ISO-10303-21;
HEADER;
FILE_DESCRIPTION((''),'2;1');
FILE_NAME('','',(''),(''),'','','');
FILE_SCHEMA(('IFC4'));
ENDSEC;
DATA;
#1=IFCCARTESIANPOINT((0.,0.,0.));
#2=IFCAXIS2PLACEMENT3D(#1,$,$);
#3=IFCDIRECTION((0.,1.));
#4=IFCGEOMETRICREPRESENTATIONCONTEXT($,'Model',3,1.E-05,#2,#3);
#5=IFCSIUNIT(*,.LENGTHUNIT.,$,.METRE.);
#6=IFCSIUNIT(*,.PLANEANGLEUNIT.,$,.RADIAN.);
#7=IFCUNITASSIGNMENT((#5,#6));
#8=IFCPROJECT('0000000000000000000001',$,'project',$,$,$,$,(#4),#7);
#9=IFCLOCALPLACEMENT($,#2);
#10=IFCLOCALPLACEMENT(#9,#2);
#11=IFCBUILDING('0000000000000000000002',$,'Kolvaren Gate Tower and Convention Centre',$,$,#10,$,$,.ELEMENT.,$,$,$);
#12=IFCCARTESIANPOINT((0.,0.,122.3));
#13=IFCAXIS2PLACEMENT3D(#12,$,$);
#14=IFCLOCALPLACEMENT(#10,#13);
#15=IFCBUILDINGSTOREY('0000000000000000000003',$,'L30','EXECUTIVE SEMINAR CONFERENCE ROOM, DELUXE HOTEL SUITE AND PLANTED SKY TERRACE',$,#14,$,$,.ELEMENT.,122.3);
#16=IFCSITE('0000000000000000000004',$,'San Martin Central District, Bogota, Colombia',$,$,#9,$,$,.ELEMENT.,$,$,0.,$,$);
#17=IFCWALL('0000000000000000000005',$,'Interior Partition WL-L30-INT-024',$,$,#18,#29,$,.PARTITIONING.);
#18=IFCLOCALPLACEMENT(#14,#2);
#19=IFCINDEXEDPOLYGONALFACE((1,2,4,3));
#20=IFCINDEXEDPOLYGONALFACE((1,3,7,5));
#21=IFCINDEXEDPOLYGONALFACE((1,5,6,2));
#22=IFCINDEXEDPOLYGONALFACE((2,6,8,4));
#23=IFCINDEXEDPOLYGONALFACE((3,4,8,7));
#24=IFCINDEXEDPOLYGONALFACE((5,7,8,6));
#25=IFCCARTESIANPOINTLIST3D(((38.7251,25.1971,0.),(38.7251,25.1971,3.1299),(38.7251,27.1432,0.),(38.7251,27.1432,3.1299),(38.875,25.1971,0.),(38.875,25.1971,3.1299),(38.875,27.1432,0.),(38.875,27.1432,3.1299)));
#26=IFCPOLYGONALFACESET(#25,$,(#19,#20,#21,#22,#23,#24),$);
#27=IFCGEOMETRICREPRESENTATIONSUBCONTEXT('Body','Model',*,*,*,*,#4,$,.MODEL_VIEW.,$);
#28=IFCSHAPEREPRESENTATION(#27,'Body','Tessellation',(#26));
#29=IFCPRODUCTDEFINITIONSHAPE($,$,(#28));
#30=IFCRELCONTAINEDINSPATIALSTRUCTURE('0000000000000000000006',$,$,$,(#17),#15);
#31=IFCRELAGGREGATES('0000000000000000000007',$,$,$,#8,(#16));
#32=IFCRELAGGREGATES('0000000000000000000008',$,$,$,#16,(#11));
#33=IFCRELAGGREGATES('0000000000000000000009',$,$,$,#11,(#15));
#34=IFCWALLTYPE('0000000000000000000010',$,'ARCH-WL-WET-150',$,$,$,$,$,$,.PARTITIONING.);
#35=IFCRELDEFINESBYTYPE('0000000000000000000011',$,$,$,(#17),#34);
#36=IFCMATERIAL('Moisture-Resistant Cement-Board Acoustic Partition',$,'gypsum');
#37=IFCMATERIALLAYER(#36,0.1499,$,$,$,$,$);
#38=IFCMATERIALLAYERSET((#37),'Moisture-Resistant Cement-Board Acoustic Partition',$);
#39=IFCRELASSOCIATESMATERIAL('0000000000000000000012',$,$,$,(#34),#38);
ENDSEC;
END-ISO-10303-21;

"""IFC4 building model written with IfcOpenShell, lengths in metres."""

from ifc_helpers import new_model, si_unit, direction, frame, frame_2d, origin, place, context, subcontext, project, spatial, rectangle, extrude, material, layer, layer_set, type_object, element, save


model = new_model("IFC4")

# Units and contexts
model_context = context("Model", 3, precision=1e-05, world=origin(), true_north=direction((0.0, 1.0)))
body_context = subcontext(model_context, "Body", "Model", "MODEL_VIEW")
ifc_project = project(units=[si_unit("LENGTHUNIT", "METRE"), si_unit("PLANEANGLEUNIT", "RADIAN")], contexts=[model_context])

# Site, building, storey
site_placement = place(None, origin())
site = spatial("IfcSite", under=ifc_project, at=site_placement, Name="San Martin Central District, Bogota, Colombia", CompositionType="ELEMENT", RefElevation=0.0)
building_placement = place(site_placement, origin())
building = spatial("IfcBuilding", under=site, at=building_placement, Name="Kolvaren Gate Tower and Convention Centre", CompositionType="ELEMENT")
storey_placement = place(building_placement, frame((0.0, 0.0, 122.3)))
storey = spatial("IfcBuildingStorey", under=building, at=storey_placement, Name="L30", Description="EXECUTIVE SEMINAR CONFERENCE ROOM, DELUXE HOTEL SUITE AND PLANTED SKY TERRACE", CompositionType="ELEMENT", Elevation=122.3)

# Shared definitions
ifc_material_1 = material(Name="Moisture-Resistant Cement-Board Acoustic Partition", Category="gypsum")
ifc_layer_1 = layer(ifc_material_1, 0.1499)
ifc_layer_set_1 = layer_set([ifc_layer_1], Name="Moisture-Resistant Cement-Board Acoustic Partition")
wall_type_1 = type_object("IfcWallType", Name="ARCH-WL-WET-150", PredefinedType="PARTITIONING", material=ifc_layer_set_1)

# Wall
wall_1_placement = place(storey_placement, frame((38.8, 25.197, 0.0), z_axis=(0.0, 0.0, 1.0), x_axis=(0.0, 1.0, 0.0)))
element("IfcWall", 1, at=wall_1_placement, inside=storey, type_object=wall_type_1, Name="Interior Partition WL-L30-INT-024", PredefinedType="PARTITIONING", context=body_context, shape_type="SweptSolid", body=[
    extrude(rectangle(XDim=1.946, YDim=0.1499, at=frame_2d((0.9731, 0.0))), origin(), (0.0, 0.0, 1.0), 3.1299),
])

save(model, "model.ifc")
